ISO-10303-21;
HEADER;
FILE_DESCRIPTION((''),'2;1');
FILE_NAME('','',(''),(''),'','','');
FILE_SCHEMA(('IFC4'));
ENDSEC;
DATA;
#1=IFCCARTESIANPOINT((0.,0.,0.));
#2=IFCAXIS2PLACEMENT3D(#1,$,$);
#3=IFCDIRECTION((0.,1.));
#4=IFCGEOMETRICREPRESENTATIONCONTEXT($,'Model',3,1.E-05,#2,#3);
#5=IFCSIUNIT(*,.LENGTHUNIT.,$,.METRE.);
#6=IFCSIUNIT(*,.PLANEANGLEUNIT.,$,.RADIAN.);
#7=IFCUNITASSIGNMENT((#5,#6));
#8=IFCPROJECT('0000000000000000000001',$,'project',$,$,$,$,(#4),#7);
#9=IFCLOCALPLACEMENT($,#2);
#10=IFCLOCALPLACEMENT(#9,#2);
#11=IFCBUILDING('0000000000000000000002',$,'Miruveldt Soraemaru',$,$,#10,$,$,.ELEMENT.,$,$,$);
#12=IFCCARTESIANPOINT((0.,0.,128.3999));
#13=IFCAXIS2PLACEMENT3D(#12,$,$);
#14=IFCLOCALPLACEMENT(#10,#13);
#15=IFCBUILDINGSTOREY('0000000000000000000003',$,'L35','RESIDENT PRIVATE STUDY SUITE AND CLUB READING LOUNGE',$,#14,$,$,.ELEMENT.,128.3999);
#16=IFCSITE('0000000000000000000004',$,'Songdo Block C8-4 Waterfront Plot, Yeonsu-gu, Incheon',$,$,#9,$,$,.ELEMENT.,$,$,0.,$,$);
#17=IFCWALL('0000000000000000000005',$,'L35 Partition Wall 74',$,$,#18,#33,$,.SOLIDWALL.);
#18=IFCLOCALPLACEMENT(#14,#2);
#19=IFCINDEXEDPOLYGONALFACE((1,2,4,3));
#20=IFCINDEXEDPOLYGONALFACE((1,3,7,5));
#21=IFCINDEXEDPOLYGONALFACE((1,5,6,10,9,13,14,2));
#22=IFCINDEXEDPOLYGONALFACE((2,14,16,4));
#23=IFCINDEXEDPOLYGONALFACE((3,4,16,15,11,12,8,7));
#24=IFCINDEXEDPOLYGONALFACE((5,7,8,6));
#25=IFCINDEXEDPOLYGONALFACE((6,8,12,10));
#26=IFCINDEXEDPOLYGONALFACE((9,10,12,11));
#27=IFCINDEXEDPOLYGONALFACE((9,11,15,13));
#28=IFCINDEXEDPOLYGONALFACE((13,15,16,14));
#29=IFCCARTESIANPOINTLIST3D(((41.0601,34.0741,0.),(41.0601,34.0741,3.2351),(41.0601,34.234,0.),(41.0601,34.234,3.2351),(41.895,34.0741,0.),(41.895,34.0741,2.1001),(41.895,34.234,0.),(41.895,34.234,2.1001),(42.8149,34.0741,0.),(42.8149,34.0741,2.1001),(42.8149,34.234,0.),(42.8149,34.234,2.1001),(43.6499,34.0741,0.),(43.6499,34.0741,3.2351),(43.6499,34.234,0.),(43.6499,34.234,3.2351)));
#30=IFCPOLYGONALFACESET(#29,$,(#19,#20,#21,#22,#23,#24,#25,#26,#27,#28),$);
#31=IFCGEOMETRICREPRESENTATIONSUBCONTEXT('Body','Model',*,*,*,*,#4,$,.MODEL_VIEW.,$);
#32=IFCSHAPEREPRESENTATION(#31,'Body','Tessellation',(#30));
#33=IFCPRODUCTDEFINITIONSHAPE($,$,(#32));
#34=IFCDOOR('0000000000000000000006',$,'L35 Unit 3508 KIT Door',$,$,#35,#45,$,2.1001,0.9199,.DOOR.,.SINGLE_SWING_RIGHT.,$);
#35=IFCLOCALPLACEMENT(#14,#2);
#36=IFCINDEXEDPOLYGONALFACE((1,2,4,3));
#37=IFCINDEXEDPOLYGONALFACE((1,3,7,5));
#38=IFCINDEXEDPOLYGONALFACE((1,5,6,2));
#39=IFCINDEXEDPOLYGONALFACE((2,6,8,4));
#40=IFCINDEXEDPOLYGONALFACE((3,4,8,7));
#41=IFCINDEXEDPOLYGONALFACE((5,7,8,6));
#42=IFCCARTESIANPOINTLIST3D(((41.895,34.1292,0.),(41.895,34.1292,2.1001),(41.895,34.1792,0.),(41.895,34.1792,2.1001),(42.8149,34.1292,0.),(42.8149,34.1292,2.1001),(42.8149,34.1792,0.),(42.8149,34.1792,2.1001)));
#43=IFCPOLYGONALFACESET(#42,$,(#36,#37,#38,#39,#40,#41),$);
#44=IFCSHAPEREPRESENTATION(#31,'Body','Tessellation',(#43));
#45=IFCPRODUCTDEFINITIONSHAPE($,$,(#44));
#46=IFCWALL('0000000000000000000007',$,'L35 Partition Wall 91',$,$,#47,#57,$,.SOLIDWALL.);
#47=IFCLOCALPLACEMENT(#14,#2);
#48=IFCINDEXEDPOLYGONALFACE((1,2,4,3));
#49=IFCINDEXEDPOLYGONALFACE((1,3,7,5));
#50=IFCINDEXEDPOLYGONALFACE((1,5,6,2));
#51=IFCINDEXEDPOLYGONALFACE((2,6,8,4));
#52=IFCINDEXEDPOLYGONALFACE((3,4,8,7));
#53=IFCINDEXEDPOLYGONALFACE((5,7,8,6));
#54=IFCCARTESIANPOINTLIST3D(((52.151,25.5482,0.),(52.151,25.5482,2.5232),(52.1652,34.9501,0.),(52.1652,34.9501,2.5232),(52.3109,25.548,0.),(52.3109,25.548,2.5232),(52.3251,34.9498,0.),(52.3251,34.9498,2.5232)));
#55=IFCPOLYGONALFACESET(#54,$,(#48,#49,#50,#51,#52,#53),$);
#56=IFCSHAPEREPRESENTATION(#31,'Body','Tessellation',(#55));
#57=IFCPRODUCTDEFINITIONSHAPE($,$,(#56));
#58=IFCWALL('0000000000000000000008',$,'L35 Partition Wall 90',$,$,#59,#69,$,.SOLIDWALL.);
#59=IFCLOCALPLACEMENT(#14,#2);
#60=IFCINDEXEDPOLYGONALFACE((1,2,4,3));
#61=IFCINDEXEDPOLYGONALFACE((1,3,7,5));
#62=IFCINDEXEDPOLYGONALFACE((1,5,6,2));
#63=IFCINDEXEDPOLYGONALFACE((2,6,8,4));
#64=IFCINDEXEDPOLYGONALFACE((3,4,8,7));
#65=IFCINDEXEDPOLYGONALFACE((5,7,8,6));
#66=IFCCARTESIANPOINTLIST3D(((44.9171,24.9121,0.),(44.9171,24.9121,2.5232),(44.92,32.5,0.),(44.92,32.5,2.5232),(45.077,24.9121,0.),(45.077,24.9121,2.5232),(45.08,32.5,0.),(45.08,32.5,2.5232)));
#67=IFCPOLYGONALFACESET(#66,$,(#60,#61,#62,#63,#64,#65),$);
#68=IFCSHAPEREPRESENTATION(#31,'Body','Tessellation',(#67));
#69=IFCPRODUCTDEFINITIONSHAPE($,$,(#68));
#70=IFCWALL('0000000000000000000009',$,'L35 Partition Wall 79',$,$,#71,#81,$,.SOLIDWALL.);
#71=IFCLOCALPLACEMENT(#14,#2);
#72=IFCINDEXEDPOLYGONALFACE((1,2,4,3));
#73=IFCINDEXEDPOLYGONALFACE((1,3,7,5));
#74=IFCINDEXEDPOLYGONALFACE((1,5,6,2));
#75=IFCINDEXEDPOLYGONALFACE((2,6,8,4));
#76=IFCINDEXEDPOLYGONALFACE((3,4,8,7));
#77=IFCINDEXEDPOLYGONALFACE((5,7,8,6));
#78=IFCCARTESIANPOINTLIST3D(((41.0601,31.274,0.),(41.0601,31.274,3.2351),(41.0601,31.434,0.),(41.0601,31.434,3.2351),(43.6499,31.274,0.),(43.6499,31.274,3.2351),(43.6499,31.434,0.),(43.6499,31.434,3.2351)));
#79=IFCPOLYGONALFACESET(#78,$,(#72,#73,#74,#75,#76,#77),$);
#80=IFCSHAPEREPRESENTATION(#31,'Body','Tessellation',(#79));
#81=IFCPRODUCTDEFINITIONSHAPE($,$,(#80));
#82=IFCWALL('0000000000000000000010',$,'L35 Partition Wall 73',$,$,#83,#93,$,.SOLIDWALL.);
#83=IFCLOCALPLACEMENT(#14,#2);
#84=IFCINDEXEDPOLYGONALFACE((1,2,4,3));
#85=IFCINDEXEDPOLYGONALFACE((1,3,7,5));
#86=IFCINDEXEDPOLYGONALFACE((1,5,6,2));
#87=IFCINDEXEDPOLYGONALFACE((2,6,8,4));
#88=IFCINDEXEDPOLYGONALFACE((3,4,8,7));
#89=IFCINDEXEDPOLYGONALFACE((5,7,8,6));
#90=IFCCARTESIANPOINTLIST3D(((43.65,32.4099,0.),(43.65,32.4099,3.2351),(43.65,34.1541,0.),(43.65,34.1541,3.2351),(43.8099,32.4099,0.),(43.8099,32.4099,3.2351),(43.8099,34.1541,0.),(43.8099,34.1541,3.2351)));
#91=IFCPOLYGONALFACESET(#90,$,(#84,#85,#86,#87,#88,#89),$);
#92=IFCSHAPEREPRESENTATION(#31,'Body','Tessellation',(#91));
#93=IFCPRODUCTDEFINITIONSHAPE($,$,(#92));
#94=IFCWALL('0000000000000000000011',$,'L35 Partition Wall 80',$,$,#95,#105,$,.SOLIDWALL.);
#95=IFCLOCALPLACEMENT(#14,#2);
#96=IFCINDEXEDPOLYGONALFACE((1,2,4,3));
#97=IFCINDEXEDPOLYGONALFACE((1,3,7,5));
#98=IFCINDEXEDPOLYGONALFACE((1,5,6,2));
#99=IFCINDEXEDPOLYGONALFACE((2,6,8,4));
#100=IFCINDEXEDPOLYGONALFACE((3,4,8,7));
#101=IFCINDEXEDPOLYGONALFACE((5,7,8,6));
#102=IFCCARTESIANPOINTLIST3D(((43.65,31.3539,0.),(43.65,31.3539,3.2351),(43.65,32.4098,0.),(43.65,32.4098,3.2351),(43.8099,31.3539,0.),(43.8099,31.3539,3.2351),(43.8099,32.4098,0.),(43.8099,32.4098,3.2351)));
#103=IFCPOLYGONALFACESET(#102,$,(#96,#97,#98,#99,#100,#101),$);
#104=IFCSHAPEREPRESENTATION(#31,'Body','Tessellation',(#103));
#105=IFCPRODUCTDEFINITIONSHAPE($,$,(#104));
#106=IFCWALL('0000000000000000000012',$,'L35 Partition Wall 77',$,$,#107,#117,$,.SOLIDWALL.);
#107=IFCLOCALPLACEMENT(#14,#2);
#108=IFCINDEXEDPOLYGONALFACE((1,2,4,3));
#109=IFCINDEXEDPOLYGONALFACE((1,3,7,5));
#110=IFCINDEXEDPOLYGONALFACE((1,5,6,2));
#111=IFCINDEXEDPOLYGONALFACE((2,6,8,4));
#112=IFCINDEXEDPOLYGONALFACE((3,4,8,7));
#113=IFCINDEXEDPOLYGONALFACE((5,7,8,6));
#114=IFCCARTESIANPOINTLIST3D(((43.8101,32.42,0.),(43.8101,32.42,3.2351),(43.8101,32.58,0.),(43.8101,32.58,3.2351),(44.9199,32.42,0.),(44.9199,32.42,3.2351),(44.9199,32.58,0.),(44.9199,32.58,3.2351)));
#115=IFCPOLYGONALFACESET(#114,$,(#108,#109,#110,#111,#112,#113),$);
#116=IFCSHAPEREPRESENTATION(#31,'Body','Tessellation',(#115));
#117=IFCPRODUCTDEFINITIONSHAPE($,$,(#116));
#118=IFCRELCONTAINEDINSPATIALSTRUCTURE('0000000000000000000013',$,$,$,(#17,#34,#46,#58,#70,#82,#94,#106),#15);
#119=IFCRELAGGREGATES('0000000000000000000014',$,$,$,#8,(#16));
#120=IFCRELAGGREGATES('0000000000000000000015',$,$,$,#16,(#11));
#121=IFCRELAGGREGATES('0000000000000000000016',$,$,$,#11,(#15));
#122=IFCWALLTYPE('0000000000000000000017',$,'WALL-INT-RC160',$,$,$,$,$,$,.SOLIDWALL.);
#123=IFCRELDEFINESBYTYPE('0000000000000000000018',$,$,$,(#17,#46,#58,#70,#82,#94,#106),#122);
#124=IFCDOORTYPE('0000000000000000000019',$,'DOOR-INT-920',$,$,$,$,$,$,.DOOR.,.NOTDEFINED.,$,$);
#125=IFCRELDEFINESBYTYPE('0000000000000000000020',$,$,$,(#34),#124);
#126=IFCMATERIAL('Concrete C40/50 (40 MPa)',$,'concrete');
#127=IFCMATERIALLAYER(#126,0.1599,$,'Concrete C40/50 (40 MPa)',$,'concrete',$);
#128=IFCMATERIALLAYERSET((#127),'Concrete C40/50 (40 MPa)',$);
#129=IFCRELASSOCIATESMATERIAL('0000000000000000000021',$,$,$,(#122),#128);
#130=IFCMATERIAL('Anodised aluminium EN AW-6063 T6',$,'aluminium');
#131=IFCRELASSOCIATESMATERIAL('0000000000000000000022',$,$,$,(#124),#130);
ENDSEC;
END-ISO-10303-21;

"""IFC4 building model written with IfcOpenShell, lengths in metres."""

from ifc_helpers import new_model, si_unit, direction, frame, frame_2d, origin, place, context, subcontext, project, spatial, rectangle, extrude, material, layer, layer_set, type_object, element, fill, save


model = new_model("IFC4")

# Units and contexts
model_context = context("Model", 3, precision=1e-05, world=origin(), true_north=direction((0.0, 1.0)))
body_context = subcontext(model_context, "Body", "Model", "MODEL_VIEW")
ifc_project = project(units=[si_unit("LENGTHUNIT", "METRE"), si_unit("PLANEANGLEUNIT", "RADIAN")], contexts=[model_context])

# Site, building, storey
site_placement = place(None, origin())
site = spatial("IfcSite", under=ifc_project, at=site_placement, Name="Songdo Block C8-4 Waterfront Plot, Yeonsu-gu, Incheon", CompositionType="ELEMENT", RefElevation=0.0)
building_placement = place(site_placement, origin())
building = spatial("IfcBuilding", under=site, at=building_placement, Name="Miruveldt Soraemaru", CompositionType="ELEMENT")
storey_placement = place(building_placement, frame((0.0, 0.0, 128.3999)))
storey = spatial("IfcBuildingStorey", under=building, at=storey_placement, Name="L35", Description="RESIDENT PRIVATE STUDY SUITE AND CLUB READING LOUNGE", CompositionType="ELEMENT", Elevation=128.3999)

# Shared definitions
ifc_material_1 = material(Name="Anodised aluminium EN AW-6063 T6", Category="aluminium")

# Wall, opening, door
ifc_material_2 = material(Name="Concrete C40/50 (40 MPa)", Category="concrete")
ifc_layer_1 = layer(ifc_material_2, 0.1599, Name="Concrete C40/50 (40 MPa)", Category="concrete")
ifc_layer_set_1 = layer_set([ifc_layer_1], Name="Concrete C40/50 (40 MPa)")
wall_type_1 = type_object("IfcWallType", Name="WALL-INT-RC160", PredefinedType="SOLIDWALL", material=ifc_layer_set_1)
wall_1_placement = place(storey_placement, frame((43.6499, 34.1541, 0.0), z_axis=(0.0, 0.0, 1.0), x_axis=(-1.0, 0.0, 0.0)))
wall_1 = element("IfcWall", 1, at=wall_1_placement, inside=storey, type_object=wall_type_1, Name="L35 Partition Wall 74", PredefinedType="SOLIDWALL", context=body_context, shape_type="SweptSolid", body=[
    extrude(rectangle(XDim=2.5898, YDim=0.1599, at=frame_2d((1.2949, 0.0))), origin(), (0.0, 0.0, 1.0), 3.2351),
])
opening_1_placement = place(wall_1_placement, frame((0.835, 0.0, 0.0)))
opening_1 = element("IfcOpeningElement", 2, at=opening_1_placement, cuts=wall_1, PredefinedType="OPENING", context=body_context, shape_type="SweptSolid", body=[
    extrude(rectangle(XDim=0.9199, YDim=2.1001, at=frame_2d((0.46, 1.05))), frame((0.0, 0.0898, 0.0), z_axis=(0.0, -1.0, 0.0), x_axis=(1.0, 0.0, 0.0)), (0.0, 0.0, 1.0), 0.1799),
])
door_type = type_object("IfcDoorType", Name="DOOR-INT-920", OperationType="NOTDEFINED", PredefinedType="DOOR", material=ifc_material_1)
door_placement = place(opening_1_placement, origin())
door = element("IfcDoor", 3, at=door_placement, inside=storey, type_object=door_type, Name="L35 Unit 3508 KIT Door", OperationType="SINGLE_SWING_RIGHT", OverallHeight=2.1001, OverallWidth=0.9199, PredefinedType="DOOR", context=body_context, shape_type="SweptSolid", body=[
    extrude(rectangle(XDim=0.9199, YDim=2.1001, at=frame_2d((0.46, 1.05))), frame((0.0, 0.0249, 0.0), z_axis=(0.0, -1.0, 0.0), x_axis=(1.0, 0.0, 0.0)), (0.0, 0.0, 1.0), 0.05),
])
fill(opening_1, door)

# Walls
wall_2_placement = place(storey_placement, frame((52.231, 25.5481, 0.0), z_axis=(0.0, 0.0, 1.0), x_axis=(0.001506, 0.999999, 0.0)))
element("IfcWall", 4, at=wall_2_placement, inside=storey, type_object=wall_type_1, Name="L35 Partition Wall 91", PredefinedType="SOLIDWALL", context=body_context, shape_type="SweptSolid", body=[
    extrude(rectangle(XDim=9.4019, YDim=0.1599, at=frame_2d((4.7009, 0.0))), origin(), (0.0, 0.0, 1.0), 2.5232),
])
wall_3_placement = place(storey_placement, frame((45.0, 32.5, 0.0), z_axis=(0.0, 0.0, 1.0), x_axis=(-0.000386, -1.0, 0.0)))
element("IfcWall", 5, at=wall_3_placement, inside=storey, type_object=wall_type_1, Name="L35 Partition Wall 90", PredefinedType="SOLIDWALL", context=body_context, shape_type="SweptSolid", body=[
    extrude(rectangle(XDim=7.5879, YDim=0.1599, at=frame_2d((3.7939, 0.0))), origin(), (0.0, 0.0, 1.0), 2.5232),
])
wall_4_placement = place(storey_placement, frame((41.0601, 31.354, 0.0), z_axis=(0.0, 0.0, 1.0), x_axis=(1.0, 0.0, 0.0)))
element("IfcWall", 6, at=wall_4_placement, inside=storey, type_object=wall_type_1, Name="L35 Partition Wall 79", PredefinedType="SOLIDWALL", context=body_context, shape_type="SweptSolid", body=[
    extrude(rectangle(XDim=2.5898, YDim=0.1599, at=frame_2d((1.2949, 0.0))), origin(), (0.0, 0.0, 1.0), 3.2351),
])
wall_5_placement = place(storey_placement, frame((43.73, 32.4099, 0.0), z_axis=(0.0, 0.0, 1.0), x_axis=(0.0, 1.0, 0.0)))
element("IfcWall", 7, at=wall_5_placement, inside=storey, type_object=wall_type_1, Name="L35 Partition Wall 73", PredefinedType="SOLIDWALL", context=body_context, shape_type="SweptSolid", body=[
    extrude(rectangle(XDim=1.7441, YDim=0.1599, at=frame_2d((0.8721, 0.0))), origin(), (0.0, 0.0, 1.0), 3.2351),
])
wall_6_placement = place(storey_placement, frame((43.73, 31.354, 0.0), z_axis=(0.0, 0.0, 1.0), x_axis=(0.0, 1.0, 0.0)))
element("IfcWall", 8, at=wall_6_placement, inside=storey, type_object=wall_type_1, Name="L35 Partition Wall 80", PredefinedType="SOLIDWALL", context=body_context, shape_type="SweptSolid", body=[
    extrude(rectangle(XDim=1.0559, YDim=0.1599, at=frame_2d((0.5278, 0.0))), origin(), (0.0, 0.0, 1.0), 3.2351),
])
wall_7_placement = place(storey_placement, frame((43.8101, 32.5, 0.0), z_axis=(0.0, 0.0, 1.0), x_axis=(1.0, 0.0, 0.0)))
element("IfcWall", 9, at=wall_7_placement, inside=storey, type_object=wall_type_1, Name="L35 Partition Wall 77", PredefinedType="SOLIDWALL", context=body_context, shape_type="SweptSolid", body=[
    extrude(rectangle(XDim=1.1099, YDim=0.1599, at=frame_2d((0.5549, 0.0))), origin(), (0.0, 0.0, 1.0), 3.2351),
])

save(model, "model.ifc")
